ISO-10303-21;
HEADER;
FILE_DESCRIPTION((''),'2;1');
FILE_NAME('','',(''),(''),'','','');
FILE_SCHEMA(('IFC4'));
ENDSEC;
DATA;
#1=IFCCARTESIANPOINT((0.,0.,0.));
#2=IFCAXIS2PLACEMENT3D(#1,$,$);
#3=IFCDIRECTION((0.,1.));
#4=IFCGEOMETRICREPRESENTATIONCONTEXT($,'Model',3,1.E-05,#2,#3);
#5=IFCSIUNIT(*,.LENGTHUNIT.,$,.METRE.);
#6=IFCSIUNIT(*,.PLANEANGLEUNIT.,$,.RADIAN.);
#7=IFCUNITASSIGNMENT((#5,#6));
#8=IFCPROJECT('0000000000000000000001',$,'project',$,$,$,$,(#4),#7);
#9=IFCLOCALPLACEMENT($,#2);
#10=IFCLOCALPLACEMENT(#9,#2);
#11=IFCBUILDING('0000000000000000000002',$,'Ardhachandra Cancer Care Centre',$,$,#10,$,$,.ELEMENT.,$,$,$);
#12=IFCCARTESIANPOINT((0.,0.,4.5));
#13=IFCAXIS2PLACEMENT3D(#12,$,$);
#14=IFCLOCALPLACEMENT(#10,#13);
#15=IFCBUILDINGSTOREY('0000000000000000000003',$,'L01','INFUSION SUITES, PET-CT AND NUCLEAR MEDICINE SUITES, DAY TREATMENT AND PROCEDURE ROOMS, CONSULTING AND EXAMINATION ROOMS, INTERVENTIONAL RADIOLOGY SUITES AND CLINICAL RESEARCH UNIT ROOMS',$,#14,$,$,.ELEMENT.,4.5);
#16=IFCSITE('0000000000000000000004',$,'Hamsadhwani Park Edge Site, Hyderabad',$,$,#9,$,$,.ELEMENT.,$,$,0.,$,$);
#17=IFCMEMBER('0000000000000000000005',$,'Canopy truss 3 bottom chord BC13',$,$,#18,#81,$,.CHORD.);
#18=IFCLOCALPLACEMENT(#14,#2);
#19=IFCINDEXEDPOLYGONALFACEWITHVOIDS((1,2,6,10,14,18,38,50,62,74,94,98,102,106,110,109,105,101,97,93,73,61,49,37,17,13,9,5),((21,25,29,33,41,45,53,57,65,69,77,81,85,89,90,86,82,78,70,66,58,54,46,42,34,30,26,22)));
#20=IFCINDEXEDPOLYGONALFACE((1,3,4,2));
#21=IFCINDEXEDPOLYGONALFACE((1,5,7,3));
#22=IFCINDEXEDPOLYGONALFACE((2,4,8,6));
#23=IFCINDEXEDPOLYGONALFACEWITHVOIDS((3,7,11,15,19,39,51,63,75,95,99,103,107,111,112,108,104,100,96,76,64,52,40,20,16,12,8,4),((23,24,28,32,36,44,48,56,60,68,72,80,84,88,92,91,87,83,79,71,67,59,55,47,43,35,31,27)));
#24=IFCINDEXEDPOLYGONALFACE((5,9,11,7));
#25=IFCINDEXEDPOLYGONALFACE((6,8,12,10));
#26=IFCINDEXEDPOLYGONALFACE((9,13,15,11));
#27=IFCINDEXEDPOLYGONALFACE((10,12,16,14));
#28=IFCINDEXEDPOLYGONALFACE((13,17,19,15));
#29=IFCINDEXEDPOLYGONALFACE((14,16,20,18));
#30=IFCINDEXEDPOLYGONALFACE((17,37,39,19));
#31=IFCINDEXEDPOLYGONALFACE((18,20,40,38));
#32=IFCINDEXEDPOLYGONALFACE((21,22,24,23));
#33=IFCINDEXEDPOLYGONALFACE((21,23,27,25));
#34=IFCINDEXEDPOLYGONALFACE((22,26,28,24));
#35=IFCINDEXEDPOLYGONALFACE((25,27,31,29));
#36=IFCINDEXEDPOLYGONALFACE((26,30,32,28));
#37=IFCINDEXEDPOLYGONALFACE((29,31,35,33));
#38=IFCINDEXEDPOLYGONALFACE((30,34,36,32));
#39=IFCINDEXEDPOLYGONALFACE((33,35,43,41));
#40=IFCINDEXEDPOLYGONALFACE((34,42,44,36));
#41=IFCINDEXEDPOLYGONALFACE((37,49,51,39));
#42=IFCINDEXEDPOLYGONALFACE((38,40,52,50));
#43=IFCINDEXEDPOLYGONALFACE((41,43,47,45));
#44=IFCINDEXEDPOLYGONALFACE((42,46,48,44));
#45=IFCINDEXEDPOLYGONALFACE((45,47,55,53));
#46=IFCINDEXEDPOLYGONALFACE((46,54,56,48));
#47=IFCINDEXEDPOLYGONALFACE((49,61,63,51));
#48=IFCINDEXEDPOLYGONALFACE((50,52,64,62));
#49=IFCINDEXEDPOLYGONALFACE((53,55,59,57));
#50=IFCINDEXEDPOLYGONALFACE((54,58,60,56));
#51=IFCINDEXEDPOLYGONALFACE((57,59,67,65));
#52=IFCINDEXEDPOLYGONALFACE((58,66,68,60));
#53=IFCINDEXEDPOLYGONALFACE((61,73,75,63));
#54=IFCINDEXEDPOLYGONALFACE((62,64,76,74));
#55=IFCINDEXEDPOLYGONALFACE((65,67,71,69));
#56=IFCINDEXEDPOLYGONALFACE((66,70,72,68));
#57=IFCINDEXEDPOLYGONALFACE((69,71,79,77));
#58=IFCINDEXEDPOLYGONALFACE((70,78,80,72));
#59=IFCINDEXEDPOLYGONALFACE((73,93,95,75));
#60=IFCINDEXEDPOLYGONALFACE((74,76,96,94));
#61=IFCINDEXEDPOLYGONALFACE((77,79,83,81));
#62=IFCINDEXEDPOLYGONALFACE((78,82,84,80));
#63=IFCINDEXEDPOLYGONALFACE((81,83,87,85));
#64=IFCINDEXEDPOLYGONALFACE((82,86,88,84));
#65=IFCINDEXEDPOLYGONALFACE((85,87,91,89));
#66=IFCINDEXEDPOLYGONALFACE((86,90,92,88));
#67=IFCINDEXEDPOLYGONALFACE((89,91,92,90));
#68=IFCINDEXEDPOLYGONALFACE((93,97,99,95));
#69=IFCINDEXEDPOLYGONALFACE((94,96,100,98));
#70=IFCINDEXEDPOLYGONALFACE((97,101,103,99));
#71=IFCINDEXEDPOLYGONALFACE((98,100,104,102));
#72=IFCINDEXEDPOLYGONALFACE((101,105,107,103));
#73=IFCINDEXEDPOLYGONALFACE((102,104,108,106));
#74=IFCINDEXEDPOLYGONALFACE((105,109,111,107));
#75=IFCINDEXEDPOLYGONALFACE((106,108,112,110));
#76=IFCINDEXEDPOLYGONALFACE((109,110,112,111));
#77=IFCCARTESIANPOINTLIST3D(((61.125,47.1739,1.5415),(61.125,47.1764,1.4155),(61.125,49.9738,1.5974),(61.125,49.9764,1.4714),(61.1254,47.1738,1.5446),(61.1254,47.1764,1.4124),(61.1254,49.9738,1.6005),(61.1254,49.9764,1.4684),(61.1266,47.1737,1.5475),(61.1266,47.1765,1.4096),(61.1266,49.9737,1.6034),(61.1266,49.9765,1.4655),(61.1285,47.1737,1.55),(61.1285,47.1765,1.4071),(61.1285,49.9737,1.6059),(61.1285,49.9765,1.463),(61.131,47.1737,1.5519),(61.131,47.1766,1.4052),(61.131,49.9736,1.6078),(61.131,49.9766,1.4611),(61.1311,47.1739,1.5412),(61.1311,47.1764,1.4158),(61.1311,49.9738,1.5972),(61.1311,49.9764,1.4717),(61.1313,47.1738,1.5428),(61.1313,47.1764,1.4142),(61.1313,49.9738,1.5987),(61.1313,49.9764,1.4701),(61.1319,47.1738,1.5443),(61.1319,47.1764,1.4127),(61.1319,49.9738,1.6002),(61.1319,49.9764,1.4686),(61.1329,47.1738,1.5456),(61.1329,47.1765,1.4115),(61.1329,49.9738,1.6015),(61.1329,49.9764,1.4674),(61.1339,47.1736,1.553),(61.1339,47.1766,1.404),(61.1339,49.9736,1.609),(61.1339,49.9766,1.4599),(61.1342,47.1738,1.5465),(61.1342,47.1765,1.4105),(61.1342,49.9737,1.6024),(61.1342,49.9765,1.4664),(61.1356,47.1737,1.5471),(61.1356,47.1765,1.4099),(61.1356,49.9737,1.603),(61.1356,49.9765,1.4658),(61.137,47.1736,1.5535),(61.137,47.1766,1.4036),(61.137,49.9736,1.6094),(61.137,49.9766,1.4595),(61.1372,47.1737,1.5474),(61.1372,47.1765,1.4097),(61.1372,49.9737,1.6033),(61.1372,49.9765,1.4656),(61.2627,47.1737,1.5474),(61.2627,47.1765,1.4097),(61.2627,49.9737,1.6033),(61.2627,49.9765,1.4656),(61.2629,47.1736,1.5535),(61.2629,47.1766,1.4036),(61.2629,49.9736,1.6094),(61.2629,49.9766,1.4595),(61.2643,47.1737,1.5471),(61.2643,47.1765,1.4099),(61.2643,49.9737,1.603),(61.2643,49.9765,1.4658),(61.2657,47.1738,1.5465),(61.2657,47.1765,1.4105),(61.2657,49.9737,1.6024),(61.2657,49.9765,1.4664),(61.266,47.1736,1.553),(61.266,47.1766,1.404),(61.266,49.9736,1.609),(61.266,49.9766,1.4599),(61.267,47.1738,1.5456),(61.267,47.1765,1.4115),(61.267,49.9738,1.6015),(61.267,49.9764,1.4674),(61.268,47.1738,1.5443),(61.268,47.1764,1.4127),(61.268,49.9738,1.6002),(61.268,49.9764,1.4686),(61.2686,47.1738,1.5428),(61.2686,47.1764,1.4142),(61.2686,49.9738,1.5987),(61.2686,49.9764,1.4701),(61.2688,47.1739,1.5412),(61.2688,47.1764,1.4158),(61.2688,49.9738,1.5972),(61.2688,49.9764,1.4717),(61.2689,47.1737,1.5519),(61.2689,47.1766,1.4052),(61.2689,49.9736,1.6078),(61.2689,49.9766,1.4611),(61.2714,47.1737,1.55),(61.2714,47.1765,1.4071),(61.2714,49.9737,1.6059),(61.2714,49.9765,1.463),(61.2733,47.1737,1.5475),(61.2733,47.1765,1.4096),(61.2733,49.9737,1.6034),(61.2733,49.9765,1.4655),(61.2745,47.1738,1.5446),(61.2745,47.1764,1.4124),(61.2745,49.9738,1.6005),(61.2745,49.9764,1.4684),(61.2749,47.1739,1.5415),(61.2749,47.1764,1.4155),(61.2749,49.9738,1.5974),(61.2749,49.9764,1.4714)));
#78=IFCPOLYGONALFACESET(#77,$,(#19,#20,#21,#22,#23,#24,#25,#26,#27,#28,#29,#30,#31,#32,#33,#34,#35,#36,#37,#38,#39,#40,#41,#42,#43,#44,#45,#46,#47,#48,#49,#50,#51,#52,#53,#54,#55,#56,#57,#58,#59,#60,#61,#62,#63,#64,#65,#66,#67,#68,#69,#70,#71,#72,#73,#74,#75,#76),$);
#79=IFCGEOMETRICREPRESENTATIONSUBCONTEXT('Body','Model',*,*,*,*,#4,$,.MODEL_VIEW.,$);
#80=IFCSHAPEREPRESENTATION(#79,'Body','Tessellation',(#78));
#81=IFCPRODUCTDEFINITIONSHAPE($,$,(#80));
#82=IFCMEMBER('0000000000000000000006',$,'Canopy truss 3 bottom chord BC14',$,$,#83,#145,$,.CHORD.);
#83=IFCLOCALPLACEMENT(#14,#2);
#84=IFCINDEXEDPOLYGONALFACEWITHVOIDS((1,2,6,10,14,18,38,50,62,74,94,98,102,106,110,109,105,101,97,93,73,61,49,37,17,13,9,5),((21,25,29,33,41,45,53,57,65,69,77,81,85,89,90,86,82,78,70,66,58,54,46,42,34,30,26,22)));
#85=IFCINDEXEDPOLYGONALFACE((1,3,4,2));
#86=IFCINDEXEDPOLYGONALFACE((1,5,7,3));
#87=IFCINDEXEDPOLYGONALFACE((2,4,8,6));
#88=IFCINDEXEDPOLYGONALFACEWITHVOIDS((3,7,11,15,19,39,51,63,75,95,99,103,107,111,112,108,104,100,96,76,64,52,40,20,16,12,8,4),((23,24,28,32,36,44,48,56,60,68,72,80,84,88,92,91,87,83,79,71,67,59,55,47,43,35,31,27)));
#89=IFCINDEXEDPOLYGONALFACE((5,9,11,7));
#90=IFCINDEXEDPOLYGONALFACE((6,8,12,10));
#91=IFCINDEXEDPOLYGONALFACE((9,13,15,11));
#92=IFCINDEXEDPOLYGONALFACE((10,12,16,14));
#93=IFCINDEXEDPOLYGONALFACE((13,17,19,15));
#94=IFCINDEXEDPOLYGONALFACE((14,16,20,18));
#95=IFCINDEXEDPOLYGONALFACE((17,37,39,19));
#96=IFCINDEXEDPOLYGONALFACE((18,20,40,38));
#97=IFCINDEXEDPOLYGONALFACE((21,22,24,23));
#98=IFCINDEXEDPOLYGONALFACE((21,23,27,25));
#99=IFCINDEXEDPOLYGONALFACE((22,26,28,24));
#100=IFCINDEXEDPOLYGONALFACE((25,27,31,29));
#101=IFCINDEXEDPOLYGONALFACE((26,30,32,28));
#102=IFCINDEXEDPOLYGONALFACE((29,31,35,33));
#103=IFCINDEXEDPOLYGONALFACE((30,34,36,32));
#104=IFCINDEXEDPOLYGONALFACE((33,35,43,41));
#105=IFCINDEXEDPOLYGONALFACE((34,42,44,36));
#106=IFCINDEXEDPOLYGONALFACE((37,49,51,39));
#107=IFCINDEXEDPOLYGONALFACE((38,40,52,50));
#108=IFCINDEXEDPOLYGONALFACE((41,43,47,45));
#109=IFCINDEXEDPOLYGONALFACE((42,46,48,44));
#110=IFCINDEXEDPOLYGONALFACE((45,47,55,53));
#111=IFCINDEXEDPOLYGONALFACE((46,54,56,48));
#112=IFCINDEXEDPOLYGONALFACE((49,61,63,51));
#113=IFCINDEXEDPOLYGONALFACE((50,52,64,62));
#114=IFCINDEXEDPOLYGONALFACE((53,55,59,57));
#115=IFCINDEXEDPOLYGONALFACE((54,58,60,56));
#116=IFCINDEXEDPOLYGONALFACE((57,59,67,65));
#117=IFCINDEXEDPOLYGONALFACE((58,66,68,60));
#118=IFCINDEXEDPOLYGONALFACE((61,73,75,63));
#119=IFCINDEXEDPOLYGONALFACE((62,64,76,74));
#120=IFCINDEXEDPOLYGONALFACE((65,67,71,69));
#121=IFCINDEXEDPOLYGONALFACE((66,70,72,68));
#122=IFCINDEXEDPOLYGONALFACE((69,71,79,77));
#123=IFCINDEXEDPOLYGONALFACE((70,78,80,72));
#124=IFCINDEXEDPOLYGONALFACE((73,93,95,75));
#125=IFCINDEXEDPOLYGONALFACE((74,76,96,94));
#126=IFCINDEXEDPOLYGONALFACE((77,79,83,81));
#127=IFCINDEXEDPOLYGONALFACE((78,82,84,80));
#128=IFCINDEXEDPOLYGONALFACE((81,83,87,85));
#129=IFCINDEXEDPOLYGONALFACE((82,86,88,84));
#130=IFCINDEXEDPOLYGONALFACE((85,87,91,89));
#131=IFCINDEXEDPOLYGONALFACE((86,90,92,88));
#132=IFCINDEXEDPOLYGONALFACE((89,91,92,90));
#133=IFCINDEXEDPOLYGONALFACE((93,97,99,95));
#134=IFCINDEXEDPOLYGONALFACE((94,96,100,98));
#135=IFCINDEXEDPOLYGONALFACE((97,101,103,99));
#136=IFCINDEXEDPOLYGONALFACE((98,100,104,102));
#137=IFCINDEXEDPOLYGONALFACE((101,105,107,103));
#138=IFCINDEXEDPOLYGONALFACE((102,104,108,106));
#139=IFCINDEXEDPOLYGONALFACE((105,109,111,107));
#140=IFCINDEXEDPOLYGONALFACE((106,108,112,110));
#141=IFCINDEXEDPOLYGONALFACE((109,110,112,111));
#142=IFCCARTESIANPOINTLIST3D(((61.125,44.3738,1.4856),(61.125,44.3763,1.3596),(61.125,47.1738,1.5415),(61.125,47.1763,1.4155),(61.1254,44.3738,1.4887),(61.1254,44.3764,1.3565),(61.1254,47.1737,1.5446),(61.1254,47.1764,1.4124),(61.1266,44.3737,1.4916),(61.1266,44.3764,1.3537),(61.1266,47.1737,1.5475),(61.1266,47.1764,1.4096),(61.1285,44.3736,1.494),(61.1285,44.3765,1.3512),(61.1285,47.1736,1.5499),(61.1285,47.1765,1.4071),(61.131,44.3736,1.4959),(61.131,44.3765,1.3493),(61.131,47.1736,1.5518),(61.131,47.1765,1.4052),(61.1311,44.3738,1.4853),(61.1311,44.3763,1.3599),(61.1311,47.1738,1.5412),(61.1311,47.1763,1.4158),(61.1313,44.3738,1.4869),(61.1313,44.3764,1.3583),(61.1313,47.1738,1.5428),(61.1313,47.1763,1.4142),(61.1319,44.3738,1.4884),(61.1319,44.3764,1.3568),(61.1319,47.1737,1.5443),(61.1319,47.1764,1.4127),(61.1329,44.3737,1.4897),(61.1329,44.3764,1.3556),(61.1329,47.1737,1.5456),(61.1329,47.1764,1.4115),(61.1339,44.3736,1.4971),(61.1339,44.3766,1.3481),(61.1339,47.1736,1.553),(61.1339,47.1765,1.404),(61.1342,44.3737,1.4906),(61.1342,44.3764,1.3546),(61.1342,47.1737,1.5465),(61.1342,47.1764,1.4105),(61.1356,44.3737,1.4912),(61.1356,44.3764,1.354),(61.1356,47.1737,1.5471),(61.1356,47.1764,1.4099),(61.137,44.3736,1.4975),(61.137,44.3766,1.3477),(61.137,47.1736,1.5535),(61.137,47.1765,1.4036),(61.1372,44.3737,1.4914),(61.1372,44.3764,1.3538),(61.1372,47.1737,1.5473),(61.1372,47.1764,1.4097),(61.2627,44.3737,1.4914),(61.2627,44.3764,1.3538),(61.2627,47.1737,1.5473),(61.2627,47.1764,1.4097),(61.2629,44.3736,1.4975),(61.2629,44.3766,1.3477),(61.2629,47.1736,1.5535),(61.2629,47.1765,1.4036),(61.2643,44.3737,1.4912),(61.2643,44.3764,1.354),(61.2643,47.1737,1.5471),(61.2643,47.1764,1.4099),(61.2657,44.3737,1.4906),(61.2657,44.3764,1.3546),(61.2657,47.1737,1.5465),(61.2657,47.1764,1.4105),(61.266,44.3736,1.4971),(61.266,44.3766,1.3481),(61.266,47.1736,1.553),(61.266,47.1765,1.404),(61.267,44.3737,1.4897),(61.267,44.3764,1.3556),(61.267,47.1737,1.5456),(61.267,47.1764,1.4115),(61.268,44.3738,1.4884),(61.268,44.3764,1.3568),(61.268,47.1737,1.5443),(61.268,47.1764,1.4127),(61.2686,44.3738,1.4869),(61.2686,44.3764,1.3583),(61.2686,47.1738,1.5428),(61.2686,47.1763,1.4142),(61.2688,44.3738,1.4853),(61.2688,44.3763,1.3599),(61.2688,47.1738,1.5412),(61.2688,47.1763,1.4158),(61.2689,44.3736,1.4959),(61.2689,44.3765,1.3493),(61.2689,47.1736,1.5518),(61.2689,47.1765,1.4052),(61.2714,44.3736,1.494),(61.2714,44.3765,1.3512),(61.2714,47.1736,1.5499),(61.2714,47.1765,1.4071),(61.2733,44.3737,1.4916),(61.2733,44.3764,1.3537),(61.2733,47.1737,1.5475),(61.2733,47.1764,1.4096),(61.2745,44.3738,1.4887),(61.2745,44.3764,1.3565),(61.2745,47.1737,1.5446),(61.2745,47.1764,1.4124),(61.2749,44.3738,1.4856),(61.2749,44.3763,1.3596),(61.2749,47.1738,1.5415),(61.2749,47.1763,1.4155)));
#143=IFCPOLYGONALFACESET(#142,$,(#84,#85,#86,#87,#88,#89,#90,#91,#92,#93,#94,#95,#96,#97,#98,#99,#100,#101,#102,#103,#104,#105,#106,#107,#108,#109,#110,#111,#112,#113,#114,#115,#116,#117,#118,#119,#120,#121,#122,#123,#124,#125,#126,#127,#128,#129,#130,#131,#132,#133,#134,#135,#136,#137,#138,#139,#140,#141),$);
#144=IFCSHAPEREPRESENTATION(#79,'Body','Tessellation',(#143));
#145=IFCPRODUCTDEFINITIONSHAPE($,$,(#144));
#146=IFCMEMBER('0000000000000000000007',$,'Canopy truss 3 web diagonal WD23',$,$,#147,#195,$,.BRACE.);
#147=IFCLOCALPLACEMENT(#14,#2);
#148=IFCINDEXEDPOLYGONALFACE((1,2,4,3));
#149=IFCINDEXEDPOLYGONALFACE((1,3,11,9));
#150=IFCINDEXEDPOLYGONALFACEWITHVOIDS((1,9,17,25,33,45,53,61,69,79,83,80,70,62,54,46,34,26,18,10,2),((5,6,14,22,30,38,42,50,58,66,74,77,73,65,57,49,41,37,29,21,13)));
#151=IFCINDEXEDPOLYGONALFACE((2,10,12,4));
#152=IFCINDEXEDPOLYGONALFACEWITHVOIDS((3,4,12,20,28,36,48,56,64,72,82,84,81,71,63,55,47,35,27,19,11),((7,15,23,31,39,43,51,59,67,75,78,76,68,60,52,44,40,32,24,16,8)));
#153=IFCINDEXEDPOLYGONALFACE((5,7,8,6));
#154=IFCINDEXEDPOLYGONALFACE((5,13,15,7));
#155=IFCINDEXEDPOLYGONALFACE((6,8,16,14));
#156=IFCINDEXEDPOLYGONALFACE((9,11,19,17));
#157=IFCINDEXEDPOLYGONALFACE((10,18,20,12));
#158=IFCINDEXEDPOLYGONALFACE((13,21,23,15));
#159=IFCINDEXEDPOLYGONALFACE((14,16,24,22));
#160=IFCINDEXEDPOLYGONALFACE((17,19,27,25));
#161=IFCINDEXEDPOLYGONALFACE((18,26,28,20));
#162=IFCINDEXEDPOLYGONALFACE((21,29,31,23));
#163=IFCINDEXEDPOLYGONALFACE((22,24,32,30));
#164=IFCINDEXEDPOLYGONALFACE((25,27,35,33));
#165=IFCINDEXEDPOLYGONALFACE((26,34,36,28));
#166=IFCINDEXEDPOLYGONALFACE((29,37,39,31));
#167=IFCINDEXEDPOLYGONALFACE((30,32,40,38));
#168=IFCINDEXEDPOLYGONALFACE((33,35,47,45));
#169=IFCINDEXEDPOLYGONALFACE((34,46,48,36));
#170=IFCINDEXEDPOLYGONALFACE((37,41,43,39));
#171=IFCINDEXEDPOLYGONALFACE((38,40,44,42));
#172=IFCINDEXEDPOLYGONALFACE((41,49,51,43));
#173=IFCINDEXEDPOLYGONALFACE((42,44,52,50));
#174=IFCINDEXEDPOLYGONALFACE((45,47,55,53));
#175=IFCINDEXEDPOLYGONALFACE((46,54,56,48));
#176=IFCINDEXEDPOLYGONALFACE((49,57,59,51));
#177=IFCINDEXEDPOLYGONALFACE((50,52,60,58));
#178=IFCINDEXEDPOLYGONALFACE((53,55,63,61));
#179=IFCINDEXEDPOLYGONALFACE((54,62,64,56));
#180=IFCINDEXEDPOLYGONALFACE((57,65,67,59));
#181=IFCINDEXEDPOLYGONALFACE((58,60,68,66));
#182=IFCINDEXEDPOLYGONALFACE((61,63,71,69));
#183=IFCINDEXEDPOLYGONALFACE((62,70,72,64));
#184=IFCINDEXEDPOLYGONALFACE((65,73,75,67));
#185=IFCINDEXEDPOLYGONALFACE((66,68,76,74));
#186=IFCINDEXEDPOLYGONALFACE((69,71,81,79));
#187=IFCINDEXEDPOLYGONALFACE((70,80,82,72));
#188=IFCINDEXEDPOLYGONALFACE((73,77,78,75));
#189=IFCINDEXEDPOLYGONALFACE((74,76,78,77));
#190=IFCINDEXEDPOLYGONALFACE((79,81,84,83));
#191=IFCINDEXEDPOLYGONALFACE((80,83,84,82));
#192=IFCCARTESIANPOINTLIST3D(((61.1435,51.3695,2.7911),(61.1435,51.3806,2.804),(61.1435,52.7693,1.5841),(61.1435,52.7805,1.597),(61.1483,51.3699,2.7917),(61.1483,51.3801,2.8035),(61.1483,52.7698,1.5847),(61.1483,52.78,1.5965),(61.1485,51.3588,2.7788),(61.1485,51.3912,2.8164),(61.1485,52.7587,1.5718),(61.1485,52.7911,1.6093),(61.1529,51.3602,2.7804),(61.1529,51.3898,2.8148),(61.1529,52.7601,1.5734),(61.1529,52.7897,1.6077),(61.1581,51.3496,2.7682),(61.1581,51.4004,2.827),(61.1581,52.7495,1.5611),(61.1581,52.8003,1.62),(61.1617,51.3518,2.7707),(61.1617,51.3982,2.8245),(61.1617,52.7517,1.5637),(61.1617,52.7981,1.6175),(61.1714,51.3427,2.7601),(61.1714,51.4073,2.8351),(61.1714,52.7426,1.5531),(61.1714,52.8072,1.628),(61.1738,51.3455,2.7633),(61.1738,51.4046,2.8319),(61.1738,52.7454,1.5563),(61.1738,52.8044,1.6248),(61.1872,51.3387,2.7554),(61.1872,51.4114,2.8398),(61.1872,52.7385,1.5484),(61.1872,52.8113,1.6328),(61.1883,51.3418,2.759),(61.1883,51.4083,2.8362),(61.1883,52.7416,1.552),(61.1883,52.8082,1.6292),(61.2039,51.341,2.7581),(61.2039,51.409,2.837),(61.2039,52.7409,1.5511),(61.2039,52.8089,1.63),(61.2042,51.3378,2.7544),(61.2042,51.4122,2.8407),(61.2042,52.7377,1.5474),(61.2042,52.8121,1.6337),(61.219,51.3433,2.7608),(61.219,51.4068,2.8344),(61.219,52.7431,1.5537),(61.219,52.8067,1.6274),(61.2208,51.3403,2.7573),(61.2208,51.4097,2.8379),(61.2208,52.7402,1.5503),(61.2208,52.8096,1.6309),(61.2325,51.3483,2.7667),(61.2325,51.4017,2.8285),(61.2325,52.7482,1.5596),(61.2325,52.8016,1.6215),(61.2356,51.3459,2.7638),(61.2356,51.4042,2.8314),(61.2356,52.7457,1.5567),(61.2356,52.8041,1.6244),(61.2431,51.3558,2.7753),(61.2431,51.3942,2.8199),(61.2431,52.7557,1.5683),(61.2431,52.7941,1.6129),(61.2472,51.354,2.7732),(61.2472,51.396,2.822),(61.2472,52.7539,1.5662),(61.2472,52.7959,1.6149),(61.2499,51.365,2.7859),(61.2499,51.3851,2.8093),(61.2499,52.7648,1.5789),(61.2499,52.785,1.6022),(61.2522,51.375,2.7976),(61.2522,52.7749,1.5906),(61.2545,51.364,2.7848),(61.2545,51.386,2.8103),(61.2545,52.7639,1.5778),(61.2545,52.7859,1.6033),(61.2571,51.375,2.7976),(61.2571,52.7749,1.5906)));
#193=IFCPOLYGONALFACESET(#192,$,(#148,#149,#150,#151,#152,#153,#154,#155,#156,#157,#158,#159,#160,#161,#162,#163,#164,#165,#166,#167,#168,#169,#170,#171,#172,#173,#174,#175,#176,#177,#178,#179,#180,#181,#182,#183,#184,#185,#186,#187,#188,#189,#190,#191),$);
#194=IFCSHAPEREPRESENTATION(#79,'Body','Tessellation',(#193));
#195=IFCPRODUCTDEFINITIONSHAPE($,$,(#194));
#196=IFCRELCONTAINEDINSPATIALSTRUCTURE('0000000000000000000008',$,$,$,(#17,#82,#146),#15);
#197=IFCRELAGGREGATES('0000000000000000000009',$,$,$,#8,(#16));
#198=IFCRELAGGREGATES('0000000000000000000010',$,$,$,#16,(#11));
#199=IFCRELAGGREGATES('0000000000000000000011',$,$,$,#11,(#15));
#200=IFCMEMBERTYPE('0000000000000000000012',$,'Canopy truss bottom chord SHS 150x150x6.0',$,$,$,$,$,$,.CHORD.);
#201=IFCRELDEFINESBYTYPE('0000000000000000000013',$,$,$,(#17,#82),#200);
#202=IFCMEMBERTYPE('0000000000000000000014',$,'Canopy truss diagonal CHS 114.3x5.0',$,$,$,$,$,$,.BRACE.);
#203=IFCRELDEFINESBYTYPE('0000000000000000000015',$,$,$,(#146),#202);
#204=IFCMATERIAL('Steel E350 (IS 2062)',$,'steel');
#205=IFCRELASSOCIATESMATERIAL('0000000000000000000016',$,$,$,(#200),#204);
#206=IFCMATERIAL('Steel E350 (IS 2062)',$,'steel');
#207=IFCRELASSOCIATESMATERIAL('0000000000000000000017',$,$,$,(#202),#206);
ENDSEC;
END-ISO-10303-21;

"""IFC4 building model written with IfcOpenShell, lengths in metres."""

from ifc_helpers import new_model, si_unit, direction, frame, origin, origin_2d, place, context, subcontext, project, spatial, hollow_rectangle, hollow_circle, extrude, material, material_profile, profile_set, type_object, element, save


model = new_model("IFC4")

# Units and contexts
model_context = context("Model", 3, precision=1e-05, world=origin(), true_north=direction((0.0, 1.0)))
body_context = subcontext(model_context, "Body", "Model", "MODEL_VIEW")
ifc_project = project(units=[si_unit("LENGTHUNIT", "METRE"), si_unit("PLANEANGLEUNIT", "RADIAN")], contexts=[model_context])

# Site, building, storey
site_placement = place(None, origin())
site = spatial("IfcSite", under=ifc_project, at=site_placement, Name="Hamsadhwani Park Edge Site, Hyderabad", CompositionType="ELEMENT", RefElevation=0.0)
building_placement = place(site_placement, origin())
building = spatial("IfcBuilding", under=site, at=building_placement, Name="Ardhachandra Cancer Care Centre", CompositionType="ELEMENT")
storey_placement = place(building_placement, frame((0.0, 0.0, 4.5)))
storey = spatial("IfcBuildingStorey", under=building, at=storey_placement, Name="L01", Description="INFUSION SUITES, PET-CT AND NUCLEAR MEDICINE SUITES, DAY TREATMENT AND PROCEDURE ROOMS, CONSULTING AND EXAMINATION ROOMS, INTERVENTIONAL RADIOLOGY SUITES AND CLINICAL RESEARCH UNIT ROOMS", CompositionType="ELEMENT", Elevation=4.5)

# Members
ifc_material_1 = material(Name="Steel E350 (IS 2062)", Category="steel")
ifc_material_profile_1 = material_profile(ifc_material_1, hollow_rectangle(XDim=0.1499, YDim=0.1499, WallThickness=0.0061, InnerFilletRadius=0.0061, OuterFilletRadius=0.012, at=origin_2d()), Name="SHS 150x150x6.0")
ifc_profile_set_1 = profile_set([ifc_material_profile_1], Name="Steel E350 (IS 2062)")
member_type_1 = type_object("IfcMemberType", Name="Canopy truss bottom chord SHS 150x150x6.0", PredefinedType="CHORD", material=ifc_profile_set_1)
for number, where, z_axis, x_axis, name in (
    (1, (61.2, 49.9751, 1.5344), (0.0, -0.999801, -0.019963), (1.0, 0.0, 0.0), "Canopy truss 3 bottom chord BC13"),
    (2, (61.2, 47.175, 1.4785), (0.0, -0.999801, -0.019963), (1.0, 0.0, 0.0), "Canopy truss 3 bottom chord BC14"),
):
    element("IfcMember", number, at=place(storey_placement, frame(where, z_axis=z_axis, x_axis=x_axis)), inside=storey, type_object=member_type_1, Name=name, PredefinedType="CHORD", context=body_context, shape_type="SweptSolid", body=[
        extrude(hollow_rectangle(XDim=0.1499, YDim=0.1499, WallThickness=0.0061, InnerFilletRadius=0.0061, OuterFilletRadius=0.012, at=origin_2d()), origin(), (0.0, 0.0, 1.0), 2.8005),
    ])
ifc_material_2 = material(Name="Steel E350 (IS 2062)", Category="steel")
ifc_material_profile_2 = material_profile(ifc_material_2, hollow_circle(Radius=0.0571, WallThickness=0.0049, at=origin_2d()), Name="CHS 114.3x5.0")
ifc_profile_set_2 = profile_set([ifc_material_profile_2], Name="Steel E350 (IS 2062)")
member_type_2 = type_object("IfcMemberType", Name="Canopy truss diagonal CHS 114.3x5.0", PredefinedType="BRACE", material=ifc_profile_set_2)
member_1_placement = place(storey_placement, frame((61.2, 52.7749, 1.5906), z_axis=(0.0, -0.757351, 0.653008), x_axis=(1.0, 0.0, 0.0)))
element("IfcMember", 3, at=member_1_placement, inside=storey, type_object=member_type_2, Name="Canopy truss 3 web diagonal WD23", PredefinedType="BRACE", context=body_context, shape_type="SweptSolid", body=[
    extrude(hollow_circle(Radius=0.0571, WallThickness=0.0049, at=origin_2d()), origin(), (0.0, 0.0, 1.0), 1.8484),
])

save(model, "model.ifc")
